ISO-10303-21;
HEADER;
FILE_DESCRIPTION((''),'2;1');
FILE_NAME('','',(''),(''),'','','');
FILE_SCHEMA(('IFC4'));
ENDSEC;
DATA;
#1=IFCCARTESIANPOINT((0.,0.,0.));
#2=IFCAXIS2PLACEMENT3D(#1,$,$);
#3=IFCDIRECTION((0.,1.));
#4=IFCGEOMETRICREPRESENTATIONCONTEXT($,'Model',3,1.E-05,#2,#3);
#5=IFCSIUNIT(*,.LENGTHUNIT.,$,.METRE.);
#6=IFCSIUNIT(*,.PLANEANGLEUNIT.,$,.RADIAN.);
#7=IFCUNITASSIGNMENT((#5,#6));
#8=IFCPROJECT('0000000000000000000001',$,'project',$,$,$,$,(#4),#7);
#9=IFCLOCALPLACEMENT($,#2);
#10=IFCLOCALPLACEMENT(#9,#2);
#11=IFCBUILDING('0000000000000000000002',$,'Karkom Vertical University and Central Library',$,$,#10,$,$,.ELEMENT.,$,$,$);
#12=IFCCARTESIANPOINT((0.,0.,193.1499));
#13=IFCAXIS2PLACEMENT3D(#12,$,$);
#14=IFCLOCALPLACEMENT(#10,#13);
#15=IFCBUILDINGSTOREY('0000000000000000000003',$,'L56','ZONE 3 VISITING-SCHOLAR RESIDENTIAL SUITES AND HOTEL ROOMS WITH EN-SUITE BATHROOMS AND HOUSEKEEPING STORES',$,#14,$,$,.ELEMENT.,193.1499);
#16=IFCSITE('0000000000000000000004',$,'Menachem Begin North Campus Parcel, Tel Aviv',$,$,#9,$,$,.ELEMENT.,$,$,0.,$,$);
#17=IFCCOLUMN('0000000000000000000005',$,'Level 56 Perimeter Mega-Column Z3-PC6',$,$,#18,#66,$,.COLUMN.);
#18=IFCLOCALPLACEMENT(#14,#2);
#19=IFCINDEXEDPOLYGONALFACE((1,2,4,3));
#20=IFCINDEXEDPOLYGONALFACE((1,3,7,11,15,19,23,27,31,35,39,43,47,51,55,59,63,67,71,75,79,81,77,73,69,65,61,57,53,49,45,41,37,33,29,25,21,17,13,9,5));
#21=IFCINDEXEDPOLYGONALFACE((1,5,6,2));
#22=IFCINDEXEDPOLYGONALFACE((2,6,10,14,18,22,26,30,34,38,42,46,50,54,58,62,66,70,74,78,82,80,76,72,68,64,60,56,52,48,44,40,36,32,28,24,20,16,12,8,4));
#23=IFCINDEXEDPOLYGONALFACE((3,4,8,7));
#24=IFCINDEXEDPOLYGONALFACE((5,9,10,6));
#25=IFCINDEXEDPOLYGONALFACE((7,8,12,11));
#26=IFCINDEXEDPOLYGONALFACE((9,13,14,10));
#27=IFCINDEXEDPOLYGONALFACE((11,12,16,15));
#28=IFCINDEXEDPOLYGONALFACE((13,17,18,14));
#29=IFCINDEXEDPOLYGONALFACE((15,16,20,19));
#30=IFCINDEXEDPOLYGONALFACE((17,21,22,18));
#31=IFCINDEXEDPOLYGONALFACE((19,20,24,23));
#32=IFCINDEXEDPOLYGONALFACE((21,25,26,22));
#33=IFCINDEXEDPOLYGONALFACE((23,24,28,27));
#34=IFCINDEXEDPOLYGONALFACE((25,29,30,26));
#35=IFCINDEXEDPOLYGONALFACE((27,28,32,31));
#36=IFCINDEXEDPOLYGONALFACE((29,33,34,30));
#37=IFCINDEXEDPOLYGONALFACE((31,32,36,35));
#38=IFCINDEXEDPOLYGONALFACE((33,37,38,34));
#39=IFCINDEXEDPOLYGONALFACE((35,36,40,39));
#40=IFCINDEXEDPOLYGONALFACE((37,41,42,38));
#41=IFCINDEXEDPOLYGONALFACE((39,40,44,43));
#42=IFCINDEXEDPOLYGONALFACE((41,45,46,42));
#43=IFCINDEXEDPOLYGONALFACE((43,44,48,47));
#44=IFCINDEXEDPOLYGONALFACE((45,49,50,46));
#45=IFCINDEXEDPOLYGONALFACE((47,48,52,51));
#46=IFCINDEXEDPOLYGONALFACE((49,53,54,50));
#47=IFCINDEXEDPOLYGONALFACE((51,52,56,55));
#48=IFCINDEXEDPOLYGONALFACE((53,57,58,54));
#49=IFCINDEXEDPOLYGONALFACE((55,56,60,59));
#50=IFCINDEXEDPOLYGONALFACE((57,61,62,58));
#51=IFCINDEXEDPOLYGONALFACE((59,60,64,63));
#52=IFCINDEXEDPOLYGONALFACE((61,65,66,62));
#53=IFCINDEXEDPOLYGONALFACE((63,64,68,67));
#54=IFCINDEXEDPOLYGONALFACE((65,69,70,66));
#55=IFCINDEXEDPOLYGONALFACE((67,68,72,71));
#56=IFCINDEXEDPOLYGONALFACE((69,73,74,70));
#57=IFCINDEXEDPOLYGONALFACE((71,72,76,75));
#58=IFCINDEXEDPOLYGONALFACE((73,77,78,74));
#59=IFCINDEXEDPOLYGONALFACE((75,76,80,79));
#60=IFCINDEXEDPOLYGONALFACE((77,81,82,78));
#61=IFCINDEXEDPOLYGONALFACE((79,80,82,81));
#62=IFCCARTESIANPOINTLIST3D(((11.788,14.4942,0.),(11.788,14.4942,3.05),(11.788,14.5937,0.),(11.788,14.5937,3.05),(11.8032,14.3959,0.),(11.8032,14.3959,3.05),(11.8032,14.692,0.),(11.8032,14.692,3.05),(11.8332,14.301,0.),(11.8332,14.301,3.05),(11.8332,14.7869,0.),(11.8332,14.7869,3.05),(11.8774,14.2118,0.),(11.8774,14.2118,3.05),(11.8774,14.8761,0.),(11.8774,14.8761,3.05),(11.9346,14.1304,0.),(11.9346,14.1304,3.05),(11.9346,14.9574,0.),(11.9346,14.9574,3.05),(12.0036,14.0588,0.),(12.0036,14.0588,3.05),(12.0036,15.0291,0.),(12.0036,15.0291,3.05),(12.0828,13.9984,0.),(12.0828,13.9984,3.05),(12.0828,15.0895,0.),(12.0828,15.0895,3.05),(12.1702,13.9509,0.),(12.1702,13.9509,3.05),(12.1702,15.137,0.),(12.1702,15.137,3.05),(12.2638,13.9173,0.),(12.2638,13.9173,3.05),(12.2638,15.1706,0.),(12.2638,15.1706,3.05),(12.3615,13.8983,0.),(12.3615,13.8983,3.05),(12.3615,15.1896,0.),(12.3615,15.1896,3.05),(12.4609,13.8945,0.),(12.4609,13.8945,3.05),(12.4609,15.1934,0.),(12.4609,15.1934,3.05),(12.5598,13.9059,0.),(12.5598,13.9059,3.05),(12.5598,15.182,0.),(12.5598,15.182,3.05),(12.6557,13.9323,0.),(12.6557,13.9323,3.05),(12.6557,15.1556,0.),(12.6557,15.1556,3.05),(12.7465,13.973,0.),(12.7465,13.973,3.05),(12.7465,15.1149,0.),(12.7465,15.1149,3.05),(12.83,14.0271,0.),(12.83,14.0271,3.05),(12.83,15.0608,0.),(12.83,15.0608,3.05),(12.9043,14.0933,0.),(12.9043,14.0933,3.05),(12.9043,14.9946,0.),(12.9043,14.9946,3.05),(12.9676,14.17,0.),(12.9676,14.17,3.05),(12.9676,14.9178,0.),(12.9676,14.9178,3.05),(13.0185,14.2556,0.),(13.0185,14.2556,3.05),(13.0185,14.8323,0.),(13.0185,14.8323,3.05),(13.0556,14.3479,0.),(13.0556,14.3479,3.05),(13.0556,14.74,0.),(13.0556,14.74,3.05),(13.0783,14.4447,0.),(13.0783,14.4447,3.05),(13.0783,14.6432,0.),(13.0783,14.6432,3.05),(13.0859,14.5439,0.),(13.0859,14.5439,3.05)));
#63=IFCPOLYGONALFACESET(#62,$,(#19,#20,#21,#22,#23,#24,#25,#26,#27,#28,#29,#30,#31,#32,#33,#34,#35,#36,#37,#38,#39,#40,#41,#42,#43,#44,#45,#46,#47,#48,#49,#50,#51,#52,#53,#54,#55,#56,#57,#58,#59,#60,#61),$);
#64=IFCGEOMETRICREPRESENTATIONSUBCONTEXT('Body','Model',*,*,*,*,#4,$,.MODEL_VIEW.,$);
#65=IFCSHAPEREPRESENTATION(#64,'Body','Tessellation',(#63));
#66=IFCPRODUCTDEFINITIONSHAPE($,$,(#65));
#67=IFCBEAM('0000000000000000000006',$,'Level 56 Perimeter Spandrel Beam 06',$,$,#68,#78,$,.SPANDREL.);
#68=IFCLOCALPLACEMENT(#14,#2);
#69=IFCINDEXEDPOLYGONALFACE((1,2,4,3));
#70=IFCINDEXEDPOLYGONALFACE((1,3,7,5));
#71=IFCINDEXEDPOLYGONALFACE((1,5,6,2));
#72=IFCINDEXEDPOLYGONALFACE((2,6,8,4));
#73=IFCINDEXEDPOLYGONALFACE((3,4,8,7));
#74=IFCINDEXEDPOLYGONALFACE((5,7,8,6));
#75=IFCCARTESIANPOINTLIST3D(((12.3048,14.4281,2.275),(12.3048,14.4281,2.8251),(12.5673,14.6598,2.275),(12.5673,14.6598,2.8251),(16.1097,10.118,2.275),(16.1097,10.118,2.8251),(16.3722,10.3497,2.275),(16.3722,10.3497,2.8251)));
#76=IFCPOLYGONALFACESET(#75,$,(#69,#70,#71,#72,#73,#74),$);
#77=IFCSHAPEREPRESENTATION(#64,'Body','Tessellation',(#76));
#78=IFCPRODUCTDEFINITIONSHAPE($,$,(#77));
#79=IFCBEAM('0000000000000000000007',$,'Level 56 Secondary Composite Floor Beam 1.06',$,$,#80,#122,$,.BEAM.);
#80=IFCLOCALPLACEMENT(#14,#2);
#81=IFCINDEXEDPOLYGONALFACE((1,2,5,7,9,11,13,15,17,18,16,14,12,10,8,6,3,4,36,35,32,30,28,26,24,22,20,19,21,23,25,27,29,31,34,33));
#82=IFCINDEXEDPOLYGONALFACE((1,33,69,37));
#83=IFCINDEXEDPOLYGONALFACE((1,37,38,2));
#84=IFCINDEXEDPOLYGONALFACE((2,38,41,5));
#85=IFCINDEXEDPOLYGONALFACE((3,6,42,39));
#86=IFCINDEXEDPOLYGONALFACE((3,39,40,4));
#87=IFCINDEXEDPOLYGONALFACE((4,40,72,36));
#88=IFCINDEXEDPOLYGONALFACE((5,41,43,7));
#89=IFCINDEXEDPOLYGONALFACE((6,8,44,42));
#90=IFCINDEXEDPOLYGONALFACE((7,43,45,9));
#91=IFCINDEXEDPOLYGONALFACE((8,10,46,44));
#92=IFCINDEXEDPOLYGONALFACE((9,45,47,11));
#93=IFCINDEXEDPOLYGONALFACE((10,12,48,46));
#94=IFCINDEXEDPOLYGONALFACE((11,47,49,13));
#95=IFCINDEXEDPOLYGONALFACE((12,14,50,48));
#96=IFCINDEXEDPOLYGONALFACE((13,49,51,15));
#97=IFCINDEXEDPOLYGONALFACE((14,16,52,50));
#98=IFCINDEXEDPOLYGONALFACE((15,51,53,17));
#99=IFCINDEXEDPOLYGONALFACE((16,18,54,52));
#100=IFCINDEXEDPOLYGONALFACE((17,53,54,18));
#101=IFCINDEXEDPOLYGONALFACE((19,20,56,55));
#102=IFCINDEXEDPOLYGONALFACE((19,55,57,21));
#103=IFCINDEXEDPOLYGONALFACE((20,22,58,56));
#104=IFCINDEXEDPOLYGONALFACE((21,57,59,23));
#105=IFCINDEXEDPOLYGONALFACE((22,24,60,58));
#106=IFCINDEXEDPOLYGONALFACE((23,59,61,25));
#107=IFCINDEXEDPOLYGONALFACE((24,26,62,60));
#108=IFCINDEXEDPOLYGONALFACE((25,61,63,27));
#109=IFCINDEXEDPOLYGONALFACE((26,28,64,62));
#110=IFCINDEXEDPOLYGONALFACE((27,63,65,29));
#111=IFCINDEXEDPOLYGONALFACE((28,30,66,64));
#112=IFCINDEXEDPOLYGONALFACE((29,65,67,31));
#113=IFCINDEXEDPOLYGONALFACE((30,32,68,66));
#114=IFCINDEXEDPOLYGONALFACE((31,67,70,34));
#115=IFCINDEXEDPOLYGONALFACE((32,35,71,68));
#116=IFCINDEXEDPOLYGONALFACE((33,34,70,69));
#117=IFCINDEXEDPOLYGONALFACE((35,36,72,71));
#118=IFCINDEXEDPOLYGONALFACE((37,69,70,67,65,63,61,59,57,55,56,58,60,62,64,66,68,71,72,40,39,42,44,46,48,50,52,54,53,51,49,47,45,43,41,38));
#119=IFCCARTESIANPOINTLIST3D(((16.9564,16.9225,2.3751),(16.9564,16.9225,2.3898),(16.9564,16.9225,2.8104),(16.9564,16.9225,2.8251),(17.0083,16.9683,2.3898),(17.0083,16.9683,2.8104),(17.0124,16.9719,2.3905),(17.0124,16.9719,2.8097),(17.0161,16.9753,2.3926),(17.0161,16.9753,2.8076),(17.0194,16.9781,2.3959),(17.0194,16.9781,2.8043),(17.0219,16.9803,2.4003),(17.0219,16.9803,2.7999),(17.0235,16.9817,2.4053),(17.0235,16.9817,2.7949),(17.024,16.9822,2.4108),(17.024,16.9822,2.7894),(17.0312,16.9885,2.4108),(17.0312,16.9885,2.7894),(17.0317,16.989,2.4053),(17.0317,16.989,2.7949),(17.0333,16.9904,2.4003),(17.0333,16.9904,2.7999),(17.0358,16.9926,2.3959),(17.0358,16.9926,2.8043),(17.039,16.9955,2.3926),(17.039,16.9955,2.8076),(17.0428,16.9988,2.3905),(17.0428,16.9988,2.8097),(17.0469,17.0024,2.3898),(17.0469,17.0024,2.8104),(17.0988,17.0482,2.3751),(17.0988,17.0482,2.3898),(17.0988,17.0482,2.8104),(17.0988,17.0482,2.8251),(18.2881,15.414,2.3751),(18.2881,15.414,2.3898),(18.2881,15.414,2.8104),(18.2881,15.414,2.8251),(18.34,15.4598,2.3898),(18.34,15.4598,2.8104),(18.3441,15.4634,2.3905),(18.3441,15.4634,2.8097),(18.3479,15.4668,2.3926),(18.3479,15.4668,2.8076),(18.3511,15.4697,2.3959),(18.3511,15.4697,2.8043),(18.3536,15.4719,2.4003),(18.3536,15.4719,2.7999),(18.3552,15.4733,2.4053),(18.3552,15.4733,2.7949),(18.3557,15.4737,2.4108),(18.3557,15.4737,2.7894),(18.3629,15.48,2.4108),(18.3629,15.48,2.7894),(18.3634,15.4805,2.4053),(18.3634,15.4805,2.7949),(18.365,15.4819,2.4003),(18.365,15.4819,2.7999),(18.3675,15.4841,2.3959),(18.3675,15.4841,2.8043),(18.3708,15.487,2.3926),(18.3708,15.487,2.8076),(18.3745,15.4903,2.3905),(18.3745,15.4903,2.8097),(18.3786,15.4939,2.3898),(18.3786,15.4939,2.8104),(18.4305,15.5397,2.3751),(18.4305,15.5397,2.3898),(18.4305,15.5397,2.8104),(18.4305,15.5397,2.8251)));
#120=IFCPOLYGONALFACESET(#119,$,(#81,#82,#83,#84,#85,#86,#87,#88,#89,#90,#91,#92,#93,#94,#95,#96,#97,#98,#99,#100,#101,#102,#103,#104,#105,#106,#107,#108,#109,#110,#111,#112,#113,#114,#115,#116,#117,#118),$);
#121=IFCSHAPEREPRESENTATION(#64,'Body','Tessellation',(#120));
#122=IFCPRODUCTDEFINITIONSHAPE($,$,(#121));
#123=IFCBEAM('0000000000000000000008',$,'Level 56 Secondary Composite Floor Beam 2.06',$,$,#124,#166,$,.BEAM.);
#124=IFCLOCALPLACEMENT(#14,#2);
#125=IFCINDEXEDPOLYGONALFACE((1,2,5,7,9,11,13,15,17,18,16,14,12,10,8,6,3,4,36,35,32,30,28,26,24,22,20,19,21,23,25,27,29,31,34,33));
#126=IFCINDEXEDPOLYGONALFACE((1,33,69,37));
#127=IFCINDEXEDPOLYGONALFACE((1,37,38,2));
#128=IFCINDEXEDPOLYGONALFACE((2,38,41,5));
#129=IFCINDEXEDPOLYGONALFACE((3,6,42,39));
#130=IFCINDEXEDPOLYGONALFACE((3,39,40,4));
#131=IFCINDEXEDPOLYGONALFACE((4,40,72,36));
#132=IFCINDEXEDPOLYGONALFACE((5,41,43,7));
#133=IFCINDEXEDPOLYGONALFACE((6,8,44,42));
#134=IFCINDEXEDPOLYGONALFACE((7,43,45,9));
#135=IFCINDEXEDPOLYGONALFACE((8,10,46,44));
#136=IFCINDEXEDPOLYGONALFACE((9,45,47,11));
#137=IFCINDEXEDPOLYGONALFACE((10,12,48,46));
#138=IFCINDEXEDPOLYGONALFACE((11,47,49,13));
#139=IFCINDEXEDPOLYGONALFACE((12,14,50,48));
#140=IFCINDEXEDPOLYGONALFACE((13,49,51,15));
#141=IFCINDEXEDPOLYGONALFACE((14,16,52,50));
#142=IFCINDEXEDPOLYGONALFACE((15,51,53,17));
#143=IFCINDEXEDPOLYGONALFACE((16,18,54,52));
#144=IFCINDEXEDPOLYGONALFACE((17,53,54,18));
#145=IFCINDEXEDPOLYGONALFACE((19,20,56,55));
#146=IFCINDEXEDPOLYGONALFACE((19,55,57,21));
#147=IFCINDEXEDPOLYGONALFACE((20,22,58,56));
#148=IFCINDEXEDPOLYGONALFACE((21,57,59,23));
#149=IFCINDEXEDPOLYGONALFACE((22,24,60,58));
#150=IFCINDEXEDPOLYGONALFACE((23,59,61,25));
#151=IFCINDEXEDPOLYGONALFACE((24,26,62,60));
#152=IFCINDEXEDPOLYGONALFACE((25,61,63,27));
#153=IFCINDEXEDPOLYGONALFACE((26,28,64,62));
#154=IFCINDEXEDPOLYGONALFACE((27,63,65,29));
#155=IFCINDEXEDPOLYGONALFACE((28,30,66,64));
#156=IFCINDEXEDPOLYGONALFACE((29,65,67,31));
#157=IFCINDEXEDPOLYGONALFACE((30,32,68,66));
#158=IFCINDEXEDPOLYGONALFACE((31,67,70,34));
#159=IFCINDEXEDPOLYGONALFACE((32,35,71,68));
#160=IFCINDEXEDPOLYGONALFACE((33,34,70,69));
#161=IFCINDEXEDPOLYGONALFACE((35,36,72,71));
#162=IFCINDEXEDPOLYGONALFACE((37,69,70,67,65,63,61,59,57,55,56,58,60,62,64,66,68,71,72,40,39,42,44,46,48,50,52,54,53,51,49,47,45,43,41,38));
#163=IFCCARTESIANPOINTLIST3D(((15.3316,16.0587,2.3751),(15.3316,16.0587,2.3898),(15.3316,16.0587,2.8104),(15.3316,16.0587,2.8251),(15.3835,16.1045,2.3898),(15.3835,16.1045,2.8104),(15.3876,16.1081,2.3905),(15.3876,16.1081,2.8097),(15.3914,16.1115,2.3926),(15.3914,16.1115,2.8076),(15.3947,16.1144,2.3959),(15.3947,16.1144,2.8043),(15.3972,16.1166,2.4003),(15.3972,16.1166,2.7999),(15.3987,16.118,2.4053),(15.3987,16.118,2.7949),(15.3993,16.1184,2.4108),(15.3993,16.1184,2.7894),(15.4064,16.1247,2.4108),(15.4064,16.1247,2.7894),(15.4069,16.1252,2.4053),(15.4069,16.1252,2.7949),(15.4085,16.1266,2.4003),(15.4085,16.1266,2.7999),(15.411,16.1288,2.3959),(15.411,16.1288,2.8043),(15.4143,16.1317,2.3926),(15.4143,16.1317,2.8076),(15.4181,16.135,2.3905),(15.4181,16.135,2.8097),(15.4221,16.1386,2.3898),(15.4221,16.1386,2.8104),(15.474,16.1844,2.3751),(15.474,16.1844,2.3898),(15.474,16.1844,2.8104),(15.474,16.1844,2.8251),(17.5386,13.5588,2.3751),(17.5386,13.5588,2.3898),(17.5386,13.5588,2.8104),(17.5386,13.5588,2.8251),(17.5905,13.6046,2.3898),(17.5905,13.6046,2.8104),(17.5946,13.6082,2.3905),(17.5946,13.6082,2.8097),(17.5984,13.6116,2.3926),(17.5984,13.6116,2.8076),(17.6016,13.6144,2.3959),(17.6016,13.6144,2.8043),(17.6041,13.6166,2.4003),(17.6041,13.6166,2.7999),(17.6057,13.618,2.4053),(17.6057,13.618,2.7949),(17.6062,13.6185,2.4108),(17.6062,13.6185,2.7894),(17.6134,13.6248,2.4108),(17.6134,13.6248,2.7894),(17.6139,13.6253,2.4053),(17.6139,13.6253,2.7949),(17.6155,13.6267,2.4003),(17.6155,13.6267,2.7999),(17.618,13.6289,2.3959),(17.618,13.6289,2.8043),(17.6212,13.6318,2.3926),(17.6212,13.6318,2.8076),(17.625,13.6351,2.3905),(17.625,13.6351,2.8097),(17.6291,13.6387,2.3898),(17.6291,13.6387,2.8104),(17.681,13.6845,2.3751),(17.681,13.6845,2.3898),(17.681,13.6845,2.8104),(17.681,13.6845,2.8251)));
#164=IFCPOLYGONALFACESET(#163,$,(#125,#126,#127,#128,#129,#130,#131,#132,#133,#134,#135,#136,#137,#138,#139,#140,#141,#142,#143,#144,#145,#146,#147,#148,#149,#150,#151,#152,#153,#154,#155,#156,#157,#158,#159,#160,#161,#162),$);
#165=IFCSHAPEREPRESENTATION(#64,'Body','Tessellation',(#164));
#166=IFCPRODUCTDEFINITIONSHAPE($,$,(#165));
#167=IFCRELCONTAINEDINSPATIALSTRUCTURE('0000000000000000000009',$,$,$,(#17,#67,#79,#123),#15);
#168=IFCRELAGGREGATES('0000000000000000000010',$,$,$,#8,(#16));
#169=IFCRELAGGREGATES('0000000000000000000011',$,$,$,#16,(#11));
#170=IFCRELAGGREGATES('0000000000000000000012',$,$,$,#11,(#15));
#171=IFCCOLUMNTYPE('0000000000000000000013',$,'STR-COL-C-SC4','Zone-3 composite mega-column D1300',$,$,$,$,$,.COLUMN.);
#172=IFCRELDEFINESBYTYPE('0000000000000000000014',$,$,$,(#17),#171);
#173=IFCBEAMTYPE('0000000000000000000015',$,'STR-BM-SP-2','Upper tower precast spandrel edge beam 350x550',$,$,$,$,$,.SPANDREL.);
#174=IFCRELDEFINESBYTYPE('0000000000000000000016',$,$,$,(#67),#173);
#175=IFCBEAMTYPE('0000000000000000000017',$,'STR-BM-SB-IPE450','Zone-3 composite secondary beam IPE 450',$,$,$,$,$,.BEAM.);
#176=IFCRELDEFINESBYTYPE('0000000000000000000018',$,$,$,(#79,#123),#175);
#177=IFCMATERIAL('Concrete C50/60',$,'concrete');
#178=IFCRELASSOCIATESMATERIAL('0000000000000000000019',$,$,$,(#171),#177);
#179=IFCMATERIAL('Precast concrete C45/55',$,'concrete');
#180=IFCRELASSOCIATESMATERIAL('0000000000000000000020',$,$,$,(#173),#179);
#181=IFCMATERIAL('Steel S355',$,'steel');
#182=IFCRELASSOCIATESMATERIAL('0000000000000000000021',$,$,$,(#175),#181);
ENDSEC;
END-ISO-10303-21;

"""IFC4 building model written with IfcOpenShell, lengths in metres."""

from ifc_helpers import new_model, si_unit, direction, frame, origin, origin_with_axes, origin_2d, place, context, subcontext, project, spatial, rectangle, circle, i_section, extrude, source, transform, mapped, material, material_profile, profile_set, type_object, element, save


model = new_model("IFC4")

# Units and contexts
model_context = context("Model", 3, precision=1e-05, world=origin(), true_north=direction((0.0, 1.0)))
body_context = subcontext(model_context, "Body", "Model", "MODEL_VIEW")
ifc_project = project(units=[si_unit("LENGTHUNIT", "METRE"), si_unit("PLANEANGLEUNIT", "RADIAN")], contexts=[model_context])

# Site, building, storey
site_placement = place(None, origin())
site = spatial("IfcSite", under=ifc_project, at=site_placement, Name="Menachem Begin North Campus Parcel, Tel Aviv", CompositionType="ELEMENT", RefElevation=0.0)
building_placement = place(site_placement, origin())
building = spatial("IfcBuilding", under=site, at=building_placement, Name="Karkom Vertical University and Central Library", CompositionType="ELEMENT")
storey_placement = place(building_placement, frame((0.0, 0.0, 193.1499)))
storey = spatial("IfcBuildingStorey", under=building, at=storey_placement, Name="L56", Description="ZONE 3 VISITING-SCHOLAR RESIDENTIAL SUITES AND HOTEL ROOMS WITH EN-SUITE BATHROOMS AND HOUSEKEEPING STORES", CompositionType="ELEMENT", Elevation=193.1499)

# Column
ifc_material_1 = material(Name="Concrete C50/60", Category="concrete")
ifc_material_profile_1 = material_profile(ifc_material_1, circle(Radius=0.6499, at=origin_2d()), Name="CFT-D1300")
ifc_profile_set_1 = profile_set([ifc_material_profile_1], Name="Concrete C50/60")
column_type = type_object("IfcColumnType", Name="STR-COL-C-SC4", Description="Zone-3 composite mega-column D1300", PredefinedType="COLUMN", material=ifc_profile_set_1)
shared_shape_1 = source(origin_with_axes(), body_context, "Body", "SweptSolid", [
    extrude(circle(Radius=0.6499, at=origin_2d()), origin(), (0.0, 0.0, 1.0), 3.05),
])
column_placement = place(storey_placement, frame((12.436, 14.5439, 0.0), z_axis=(0.0, 0.0, 1.0), x_axis=(1.0, 0.0, 0.0)))
element("IfcColumn", 1, at=column_placement, inside=storey, type_object=column_type, Name="Level 56 Perimeter Mega-Column Z3-PC6", PredefinedType="COLUMN", context=body_context, shape_type="MappedRepresentation", body=[
    mapped(shared_shape_1, transform((0.0, 0.0, 0.0), scale=1.0)),
])

# Beams
ifc_material_2 = material(Name="Precast concrete C45/55", Category="concrete")
ifc_material_profile_2 = material_profile(ifc_material_2, rectangle(XDim=0.3501, YDim=0.55, at=origin_2d()), Name="SPB-350x550")
ifc_profile_set_2 = profile_set([ifc_material_profile_2], Name="Precast concrete C45/55")
beam_type_1 = type_object("IfcBeamType", Name="STR-BM-SP-2", Description="Upper tower precast spandrel edge beam 350x550", PredefinedType="SPANDREL", material=ifc_profile_set_2)
shared_shape_2 = source(origin_with_axes(), body_context, "Body", "SweptSolid", [
    extrude(rectangle(XDim=0.3501, YDim=0.55, at=origin_2d()), origin(), (0.0, 0.0, 1.0), 5.7493),
])
beam_1_placement = place(storey_placement, frame((12.436, 14.5439, 2.55), z_axis=(0.661811, -0.749671, 0.0), x_axis=(0.749671, 0.661811, 0.0)))
element("IfcBeam", 2, at=beam_1_placement, inside=storey, type_object=beam_type_1, Name="Level 56 Perimeter Spandrel Beam 06", PredefinedType="SPANDREL", context=body_context, shape_type="MappedRepresentation", body=[
    mapped(shared_shape_2, transform((0.0, 0.0, 0.0), scale=1.0)),
])
ifc_material_3 = material(Name="Steel S355", Category="steel")
ifc_material_profile_3 = material_profile(ifc_material_3, i_section(OverallWidth=0.1899, OverallDepth=0.45, WebThickness=0.0095, FlangeThickness=0.0146, FilletRadius=0.021, at=origin_2d()), Name="IPE 450")
ifc_profile_set_3 = profile_set([ifc_material_profile_3], Name="Steel S355")
beam_type_2 = type_object("IfcBeamType", Name="STR-BM-SB-IPE450", Description="Zone-3 composite secondary beam IPE 450", PredefinedType="BEAM", material=ifc_profile_set_3)
shared_shape_3 = source(origin_with_axes(), body_context, "Body", "SweptSolid", [
    extrude(i_section(OverallWidth=0.1899, OverallDepth=0.45, WebThickness=0.0095, FlangeThickness=0.0146, FilletRadius=0.021, at=origin_2d()), origin(), (0.0, 0.0, 1.0), 2.0122),
])
beam_2_placement = place(storey_placement, frame((17.0276, 16.9854, 2.6001), z_axis=(0.661822, -0.749661, 0.0), x_axis=(0.749661, 0.661822, 0.0)))
element("IfcBeam", 3, at=beam_2_placement, inside=storey, type_object=beam_type_2, Name="Level 56 Secondary Composite Floor Beam 1.06", PredefinedType="BEAM", context=body_context, shape_type="MappedRepresentation", body=[
    mapped(shared_shape_3, transform((0.0, 0.0, 0.0), scale=1.0)),
])
shared_shape_4 = source(origin_with_axes(), body_context, "Body", "SweptSolid", [
    extrude(i_section(OverallWidth=0.1899, OverallDepth=0.45, WebThickness=0.0095, FlangeThickness=0.0146, FilletRadius=0.021, at=origin_2d()), origin(), (0.0, 0.0, 1.0), 3.3347),
])
beam_3_placement = place(storey_placement, frame((15.4028, 16.1216, 2.6001), z_axis=(0.661815, -0.749667, 0.0), x_axis=(0.749667, 0.661815, 0.0)))
element("IfcBeam", 4, at=beam_3_placement, inside=storey, type_object=beam_type_2, Name="Level 56 Secondary Composite Floor Beam 2.06", PredefinedType="BEAM", context=body_context, shape_type="MappedRepresentation", body=[
    mapped(shared_shape_4, transform((0.0, 0.0, 0.0), scale=1.0)),
])

save(model, "model.ifc")
